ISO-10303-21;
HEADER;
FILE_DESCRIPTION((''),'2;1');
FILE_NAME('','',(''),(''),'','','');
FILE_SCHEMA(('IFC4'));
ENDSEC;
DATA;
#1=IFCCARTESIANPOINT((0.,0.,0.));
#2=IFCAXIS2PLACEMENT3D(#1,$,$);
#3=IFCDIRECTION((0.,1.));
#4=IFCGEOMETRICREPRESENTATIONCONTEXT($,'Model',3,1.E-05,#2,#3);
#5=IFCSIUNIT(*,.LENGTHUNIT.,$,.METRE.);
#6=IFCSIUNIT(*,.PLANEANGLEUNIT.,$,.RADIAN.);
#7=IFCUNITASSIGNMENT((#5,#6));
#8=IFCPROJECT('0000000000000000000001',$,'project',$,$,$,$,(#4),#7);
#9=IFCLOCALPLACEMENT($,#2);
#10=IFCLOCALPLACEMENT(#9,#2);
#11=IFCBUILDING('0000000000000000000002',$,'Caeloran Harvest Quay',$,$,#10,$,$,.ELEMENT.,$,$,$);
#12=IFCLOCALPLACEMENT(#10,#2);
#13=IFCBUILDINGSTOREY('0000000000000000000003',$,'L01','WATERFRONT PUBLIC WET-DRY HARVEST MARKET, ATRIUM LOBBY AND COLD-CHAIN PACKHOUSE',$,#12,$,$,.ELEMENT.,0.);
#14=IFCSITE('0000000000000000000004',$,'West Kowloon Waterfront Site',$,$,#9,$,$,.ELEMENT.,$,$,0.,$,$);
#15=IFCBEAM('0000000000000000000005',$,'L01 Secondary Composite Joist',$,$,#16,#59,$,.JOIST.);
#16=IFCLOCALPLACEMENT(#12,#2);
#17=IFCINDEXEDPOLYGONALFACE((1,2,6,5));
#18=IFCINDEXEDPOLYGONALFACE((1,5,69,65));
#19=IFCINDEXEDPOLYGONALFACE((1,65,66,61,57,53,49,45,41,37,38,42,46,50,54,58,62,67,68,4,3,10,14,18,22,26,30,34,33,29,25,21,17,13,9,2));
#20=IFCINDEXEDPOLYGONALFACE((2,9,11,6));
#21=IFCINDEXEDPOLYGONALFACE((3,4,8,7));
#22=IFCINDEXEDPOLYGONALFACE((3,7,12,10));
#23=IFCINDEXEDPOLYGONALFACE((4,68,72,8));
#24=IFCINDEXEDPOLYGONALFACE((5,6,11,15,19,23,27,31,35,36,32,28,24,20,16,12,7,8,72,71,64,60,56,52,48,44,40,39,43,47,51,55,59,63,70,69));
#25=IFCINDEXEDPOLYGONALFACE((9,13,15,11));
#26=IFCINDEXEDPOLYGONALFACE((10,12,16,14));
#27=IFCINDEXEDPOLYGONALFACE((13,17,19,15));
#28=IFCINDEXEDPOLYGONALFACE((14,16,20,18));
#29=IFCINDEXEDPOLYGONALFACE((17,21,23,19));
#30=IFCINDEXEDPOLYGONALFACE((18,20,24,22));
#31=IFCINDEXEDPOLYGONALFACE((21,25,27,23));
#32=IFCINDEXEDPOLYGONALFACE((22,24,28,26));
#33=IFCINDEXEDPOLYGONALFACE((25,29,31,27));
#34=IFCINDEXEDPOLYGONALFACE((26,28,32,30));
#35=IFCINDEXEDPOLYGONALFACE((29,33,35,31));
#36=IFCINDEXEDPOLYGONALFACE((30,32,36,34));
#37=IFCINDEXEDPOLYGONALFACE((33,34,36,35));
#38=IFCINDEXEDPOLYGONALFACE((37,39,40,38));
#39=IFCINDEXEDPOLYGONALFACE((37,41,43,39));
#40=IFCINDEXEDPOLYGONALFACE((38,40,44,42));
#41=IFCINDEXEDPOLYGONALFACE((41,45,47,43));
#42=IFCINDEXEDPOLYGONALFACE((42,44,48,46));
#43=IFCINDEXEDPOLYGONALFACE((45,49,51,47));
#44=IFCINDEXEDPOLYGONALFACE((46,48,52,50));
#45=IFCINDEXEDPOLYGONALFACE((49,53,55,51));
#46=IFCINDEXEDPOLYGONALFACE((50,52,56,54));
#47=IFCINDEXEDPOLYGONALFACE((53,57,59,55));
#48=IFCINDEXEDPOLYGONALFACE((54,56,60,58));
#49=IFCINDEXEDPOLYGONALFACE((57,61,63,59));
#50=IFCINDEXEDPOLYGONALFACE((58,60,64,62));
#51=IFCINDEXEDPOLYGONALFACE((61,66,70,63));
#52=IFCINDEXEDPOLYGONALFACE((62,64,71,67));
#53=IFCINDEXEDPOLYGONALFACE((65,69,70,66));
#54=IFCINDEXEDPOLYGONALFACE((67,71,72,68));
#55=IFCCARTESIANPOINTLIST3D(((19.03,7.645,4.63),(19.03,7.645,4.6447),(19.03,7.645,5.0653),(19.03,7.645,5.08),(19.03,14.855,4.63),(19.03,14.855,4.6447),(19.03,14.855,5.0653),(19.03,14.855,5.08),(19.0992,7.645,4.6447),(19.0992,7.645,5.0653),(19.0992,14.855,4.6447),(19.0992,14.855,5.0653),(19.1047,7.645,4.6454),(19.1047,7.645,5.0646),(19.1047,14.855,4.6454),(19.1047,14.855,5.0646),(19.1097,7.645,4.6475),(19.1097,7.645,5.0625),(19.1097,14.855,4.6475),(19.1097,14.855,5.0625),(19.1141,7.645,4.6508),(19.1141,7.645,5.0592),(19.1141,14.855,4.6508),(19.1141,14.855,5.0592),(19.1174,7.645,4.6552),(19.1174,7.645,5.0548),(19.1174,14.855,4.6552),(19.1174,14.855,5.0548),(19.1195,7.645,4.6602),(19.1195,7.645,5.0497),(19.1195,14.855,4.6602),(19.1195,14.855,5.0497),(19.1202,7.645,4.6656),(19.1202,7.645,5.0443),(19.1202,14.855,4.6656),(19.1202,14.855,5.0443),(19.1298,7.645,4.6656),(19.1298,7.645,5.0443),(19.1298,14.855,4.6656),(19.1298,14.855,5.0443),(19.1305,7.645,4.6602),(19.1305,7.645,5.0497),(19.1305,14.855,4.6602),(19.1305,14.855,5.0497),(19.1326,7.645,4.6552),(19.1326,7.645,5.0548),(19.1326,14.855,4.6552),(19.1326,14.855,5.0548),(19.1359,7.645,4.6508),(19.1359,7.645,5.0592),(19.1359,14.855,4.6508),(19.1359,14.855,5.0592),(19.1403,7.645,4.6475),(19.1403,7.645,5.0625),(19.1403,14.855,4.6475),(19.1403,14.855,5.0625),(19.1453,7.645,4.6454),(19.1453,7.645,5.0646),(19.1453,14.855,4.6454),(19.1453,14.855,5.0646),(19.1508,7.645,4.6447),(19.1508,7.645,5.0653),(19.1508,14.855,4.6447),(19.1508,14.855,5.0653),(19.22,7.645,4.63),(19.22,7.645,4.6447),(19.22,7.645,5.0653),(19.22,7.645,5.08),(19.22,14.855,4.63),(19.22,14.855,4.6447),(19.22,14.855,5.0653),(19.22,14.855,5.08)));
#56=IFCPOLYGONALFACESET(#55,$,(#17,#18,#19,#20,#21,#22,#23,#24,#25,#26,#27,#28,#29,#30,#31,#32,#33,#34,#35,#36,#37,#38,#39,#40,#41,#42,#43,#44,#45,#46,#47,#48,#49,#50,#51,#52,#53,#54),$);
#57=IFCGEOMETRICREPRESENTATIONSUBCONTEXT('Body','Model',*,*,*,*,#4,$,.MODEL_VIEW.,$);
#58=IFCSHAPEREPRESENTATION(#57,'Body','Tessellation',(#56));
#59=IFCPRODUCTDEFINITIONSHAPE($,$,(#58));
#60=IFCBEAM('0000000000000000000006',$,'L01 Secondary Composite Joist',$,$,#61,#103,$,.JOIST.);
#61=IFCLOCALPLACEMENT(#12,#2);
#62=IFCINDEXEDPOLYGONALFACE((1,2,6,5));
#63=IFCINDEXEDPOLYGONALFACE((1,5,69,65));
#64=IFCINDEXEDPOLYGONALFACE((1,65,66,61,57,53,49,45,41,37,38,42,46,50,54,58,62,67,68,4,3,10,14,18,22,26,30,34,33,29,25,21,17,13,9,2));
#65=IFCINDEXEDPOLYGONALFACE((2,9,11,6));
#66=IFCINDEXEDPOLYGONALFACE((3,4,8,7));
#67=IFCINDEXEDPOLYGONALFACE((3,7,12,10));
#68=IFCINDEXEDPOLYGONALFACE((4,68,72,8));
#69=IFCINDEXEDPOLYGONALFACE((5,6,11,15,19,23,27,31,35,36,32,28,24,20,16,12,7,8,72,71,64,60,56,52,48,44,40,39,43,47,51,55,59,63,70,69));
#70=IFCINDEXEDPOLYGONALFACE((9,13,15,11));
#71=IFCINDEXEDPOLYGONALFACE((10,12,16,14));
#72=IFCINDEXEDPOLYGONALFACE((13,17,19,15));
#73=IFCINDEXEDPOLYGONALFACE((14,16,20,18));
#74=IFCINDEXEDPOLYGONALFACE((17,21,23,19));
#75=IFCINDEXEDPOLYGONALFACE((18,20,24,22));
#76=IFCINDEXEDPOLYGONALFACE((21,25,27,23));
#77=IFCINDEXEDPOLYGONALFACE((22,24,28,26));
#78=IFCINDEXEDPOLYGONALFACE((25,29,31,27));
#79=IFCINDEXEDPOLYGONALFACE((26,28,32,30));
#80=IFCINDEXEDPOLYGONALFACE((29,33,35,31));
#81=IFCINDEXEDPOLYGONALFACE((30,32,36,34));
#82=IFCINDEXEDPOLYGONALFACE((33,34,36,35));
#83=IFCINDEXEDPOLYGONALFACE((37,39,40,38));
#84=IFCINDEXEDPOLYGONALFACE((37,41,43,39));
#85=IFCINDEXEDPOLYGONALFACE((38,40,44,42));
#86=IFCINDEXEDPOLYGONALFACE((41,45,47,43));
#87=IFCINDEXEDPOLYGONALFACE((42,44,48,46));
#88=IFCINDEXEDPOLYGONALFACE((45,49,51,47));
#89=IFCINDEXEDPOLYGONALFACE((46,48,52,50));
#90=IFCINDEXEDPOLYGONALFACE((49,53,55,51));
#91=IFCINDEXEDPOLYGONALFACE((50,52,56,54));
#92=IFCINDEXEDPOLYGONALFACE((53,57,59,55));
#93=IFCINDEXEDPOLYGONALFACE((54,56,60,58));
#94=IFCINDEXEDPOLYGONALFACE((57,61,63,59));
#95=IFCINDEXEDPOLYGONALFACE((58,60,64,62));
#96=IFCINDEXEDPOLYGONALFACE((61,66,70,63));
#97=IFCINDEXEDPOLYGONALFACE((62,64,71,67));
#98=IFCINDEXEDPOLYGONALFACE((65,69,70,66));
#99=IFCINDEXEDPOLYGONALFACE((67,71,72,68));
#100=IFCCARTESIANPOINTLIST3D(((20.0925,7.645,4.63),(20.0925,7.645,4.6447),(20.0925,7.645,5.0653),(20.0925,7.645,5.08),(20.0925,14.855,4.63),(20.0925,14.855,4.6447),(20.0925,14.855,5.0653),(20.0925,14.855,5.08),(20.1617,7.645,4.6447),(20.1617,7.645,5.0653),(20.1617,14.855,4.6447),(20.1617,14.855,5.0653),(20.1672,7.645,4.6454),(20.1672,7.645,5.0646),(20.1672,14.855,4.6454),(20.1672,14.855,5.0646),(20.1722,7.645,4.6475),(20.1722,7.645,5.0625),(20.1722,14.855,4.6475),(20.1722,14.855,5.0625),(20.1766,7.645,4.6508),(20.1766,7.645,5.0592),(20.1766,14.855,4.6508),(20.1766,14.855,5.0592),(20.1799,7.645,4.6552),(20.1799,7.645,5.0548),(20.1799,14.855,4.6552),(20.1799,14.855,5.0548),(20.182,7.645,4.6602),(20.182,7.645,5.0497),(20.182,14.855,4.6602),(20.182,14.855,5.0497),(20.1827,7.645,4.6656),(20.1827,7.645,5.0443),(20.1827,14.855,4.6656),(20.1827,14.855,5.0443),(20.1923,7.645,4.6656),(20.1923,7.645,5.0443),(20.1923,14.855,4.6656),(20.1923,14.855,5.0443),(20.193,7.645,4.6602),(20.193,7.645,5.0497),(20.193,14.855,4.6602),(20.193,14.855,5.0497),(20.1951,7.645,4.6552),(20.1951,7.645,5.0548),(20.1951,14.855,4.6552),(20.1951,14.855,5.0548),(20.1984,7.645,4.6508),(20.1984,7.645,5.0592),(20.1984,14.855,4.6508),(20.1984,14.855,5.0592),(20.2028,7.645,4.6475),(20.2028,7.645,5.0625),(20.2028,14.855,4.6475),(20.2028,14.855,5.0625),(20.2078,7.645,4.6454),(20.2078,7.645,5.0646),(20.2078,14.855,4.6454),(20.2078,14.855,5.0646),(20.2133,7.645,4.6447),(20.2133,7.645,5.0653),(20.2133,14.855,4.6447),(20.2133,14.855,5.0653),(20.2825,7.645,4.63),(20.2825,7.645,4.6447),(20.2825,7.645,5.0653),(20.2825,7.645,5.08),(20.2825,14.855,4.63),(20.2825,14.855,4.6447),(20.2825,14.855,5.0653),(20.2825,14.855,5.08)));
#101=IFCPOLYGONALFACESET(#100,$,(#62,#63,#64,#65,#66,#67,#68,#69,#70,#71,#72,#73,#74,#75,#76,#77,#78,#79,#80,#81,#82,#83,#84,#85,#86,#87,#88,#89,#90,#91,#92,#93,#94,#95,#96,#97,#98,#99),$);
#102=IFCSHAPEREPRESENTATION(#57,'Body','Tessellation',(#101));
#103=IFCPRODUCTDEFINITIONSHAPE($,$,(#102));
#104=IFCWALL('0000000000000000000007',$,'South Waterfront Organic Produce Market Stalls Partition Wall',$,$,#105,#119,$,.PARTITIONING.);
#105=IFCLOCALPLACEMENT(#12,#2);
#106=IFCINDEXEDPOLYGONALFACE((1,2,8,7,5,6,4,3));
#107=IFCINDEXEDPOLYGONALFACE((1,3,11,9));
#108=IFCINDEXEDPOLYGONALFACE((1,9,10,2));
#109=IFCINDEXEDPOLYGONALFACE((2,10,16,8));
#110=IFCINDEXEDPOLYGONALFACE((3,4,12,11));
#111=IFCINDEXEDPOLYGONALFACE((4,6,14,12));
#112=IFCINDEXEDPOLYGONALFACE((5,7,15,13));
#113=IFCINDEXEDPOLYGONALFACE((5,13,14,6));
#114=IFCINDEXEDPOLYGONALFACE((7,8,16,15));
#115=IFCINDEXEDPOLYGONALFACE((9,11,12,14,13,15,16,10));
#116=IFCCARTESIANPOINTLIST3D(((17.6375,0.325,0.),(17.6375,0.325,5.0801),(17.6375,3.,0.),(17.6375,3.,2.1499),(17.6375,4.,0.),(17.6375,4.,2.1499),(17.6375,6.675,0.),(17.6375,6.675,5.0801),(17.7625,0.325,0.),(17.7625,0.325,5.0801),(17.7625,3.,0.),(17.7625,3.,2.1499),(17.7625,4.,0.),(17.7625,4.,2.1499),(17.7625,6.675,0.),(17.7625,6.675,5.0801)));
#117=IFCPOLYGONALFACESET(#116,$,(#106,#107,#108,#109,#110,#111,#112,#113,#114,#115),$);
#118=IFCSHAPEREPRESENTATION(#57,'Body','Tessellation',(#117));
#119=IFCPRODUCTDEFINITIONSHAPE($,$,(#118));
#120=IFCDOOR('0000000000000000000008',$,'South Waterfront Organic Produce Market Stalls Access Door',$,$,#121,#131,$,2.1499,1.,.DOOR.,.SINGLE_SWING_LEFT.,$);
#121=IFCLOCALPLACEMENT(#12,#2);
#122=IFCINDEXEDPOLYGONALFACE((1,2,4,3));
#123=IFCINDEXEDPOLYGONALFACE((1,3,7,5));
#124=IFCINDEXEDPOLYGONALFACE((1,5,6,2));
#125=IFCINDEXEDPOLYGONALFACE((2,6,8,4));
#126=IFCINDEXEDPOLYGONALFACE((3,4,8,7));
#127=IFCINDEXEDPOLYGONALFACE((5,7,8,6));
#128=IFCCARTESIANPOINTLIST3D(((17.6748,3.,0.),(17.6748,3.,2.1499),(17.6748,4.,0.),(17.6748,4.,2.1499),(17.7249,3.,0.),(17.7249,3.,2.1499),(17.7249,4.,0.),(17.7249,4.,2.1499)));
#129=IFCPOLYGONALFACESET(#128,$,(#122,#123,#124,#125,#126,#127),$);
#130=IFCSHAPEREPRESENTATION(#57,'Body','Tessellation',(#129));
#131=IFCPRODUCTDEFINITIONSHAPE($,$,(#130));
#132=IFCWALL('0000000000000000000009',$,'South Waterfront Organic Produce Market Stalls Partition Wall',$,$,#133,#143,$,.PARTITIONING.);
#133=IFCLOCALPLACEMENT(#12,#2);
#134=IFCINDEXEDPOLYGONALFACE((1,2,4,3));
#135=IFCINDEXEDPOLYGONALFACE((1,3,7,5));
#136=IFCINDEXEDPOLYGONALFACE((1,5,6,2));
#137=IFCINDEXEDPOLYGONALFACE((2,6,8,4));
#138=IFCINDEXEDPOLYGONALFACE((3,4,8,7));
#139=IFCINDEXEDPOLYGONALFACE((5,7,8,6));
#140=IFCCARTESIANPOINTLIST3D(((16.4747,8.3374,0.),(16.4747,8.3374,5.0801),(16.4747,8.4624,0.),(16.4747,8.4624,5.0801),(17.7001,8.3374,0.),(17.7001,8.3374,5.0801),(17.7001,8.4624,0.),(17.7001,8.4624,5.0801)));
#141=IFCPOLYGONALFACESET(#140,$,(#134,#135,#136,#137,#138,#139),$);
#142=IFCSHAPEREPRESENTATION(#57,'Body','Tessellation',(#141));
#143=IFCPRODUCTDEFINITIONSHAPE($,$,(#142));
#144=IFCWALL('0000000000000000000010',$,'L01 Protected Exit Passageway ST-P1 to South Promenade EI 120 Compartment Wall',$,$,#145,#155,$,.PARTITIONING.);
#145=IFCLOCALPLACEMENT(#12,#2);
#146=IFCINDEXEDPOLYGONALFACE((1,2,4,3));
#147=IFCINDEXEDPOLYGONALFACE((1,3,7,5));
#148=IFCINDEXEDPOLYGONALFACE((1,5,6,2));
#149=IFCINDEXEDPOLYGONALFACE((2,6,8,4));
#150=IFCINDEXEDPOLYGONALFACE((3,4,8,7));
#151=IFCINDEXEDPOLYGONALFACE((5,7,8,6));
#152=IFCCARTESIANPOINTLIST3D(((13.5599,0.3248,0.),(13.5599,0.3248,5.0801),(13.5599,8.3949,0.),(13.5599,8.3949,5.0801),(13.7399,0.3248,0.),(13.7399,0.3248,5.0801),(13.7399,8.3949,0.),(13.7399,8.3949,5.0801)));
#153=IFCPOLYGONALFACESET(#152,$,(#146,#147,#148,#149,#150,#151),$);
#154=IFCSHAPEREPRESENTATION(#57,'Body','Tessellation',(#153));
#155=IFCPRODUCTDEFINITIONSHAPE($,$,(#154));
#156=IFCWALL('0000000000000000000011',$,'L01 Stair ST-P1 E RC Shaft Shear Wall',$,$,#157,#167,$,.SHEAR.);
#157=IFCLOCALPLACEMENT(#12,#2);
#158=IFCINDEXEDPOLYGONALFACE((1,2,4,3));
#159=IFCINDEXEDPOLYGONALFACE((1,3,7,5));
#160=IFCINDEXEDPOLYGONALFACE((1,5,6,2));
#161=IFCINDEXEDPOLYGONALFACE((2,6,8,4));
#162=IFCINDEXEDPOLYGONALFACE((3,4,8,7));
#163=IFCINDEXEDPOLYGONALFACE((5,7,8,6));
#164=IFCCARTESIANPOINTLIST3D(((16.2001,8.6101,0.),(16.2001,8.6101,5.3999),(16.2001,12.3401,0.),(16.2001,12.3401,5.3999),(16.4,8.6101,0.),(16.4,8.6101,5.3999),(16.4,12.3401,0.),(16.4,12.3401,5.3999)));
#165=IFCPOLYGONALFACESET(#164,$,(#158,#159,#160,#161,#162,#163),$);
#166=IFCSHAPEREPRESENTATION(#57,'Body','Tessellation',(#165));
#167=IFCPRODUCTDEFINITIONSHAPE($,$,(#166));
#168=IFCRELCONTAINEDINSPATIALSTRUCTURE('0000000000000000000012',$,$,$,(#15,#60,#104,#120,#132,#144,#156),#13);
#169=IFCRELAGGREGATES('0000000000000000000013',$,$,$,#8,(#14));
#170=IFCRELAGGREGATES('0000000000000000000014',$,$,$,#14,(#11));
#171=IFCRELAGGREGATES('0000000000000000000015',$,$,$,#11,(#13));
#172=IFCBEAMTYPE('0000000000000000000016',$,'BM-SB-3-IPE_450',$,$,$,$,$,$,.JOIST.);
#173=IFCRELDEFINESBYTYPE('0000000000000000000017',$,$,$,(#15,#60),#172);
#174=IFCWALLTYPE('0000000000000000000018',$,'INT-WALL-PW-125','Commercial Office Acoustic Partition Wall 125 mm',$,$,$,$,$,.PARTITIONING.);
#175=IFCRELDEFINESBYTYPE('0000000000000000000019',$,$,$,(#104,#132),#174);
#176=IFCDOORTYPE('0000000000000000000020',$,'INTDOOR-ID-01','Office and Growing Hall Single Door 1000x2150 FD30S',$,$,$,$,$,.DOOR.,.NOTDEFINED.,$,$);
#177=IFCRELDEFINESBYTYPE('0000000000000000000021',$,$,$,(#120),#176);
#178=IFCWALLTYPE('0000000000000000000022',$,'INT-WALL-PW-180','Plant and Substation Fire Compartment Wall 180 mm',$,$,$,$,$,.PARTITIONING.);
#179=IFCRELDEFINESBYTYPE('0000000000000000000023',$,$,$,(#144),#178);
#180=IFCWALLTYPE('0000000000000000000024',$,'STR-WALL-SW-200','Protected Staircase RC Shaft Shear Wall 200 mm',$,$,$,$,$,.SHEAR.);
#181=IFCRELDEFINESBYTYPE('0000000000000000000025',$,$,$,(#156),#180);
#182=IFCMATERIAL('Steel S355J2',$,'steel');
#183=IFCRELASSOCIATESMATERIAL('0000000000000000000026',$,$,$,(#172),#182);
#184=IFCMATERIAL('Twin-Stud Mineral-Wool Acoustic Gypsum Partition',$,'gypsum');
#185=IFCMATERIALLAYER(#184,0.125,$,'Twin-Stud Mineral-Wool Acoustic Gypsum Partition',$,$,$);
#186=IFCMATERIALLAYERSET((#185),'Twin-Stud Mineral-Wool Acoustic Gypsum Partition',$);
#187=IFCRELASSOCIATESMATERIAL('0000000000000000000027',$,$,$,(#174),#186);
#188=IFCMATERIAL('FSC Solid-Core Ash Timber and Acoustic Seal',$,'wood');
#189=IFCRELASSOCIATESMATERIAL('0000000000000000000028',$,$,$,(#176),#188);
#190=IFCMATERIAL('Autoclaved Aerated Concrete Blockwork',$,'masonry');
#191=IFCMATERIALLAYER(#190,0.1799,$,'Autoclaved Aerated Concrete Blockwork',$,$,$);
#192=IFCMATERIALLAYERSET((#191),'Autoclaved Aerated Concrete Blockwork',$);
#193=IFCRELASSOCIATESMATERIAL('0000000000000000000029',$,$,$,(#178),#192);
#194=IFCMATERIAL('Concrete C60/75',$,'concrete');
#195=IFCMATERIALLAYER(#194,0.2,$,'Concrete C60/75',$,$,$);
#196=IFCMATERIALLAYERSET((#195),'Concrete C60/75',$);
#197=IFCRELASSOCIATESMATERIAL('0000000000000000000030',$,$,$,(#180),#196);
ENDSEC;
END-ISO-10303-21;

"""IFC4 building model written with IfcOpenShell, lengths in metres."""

from ifc_helpers import new_model, si_unit, direction, frame, frame_2d, origin, origin_2d, place, context, subcontext, project, spatial, rectangle, i_section, extrude, material, layer, layer_set, material_profile, profile_set, type_object, element, fill, save


model = new_model("IFC4")

# Units and contexts
model_context = context("Model", 3, precision=1e-05, world=origin(), true_north=direction((0.0, 1.0)))
body_context = subcontext(model_context, "Body", "Model", "MODEL_VIEW")
ifc_project = project(units=[si_unit("LENGTHUNIT", "METRE"), si_unit("PLANEANGLEUNIT", "RADIAN")], contexts=[model_context])

# Site, building, storey
site_placement = place(None, origin())
site = spatial("IfcSite", under=ifc_project, at=site_placement, Name="West Kowloon Waterfront Site", CompositionType="ELEMENT", RefElevation=0.0)
building_placement = place(site_placement, origin())
building = spatial("IfcBuilding", under=site, at=building_placement, Name="Caeloran Harvest Quay", CompositionType="ELEMENT")
storey_placement = place(building_placement, origin())
storey = spatial("IfcBuildingStorey", under=building, at=storey_placement, Name="L01", Description="WATERFRONT PUBLIC WET-DRY HARVEST MARKET, ATRIUM LOBBY AND COLD-CHAIN PACKHOUSE", CompositionType="ELEMENT", Elevation=0.0)

# Beams
ifc_material_1 = material(Name="Steel S355J2", Category="steel")
ifc_material_profile_1 = material_profile(ifc_material_1, i_section(OverallWidth=0.1899, OverallDepth=0.45, WebThickness=0.0095, FlangeThickness=0.0146, FilletRadius=0.021, at=origin_2d()), Name="IPE 450")
ifc_profile_set_1 = profile_set([ifc_material_profile_1], Name="Steel S355J2")
beam_type_1 = type_object("IfcBeamType", Name="BM-SB-3-IPE_450", PredefinedType="JOIST", material=ifc_profile_set_1)
for number, where, z_axis, x_axis, name in (
    (1, (19.125, 7.645, 4.855), (0.0, 1.0, 0.0), (-1.0, 0.0, 0.0), "L01 Secondary Composite Joist"),
    (2, (20.1875, 7.645, 4.855), (0.0, 1.0, 0.0), (-1.0, 0.0, 0.0), "L01 Secondary Composite Joist"),
):
    element("IfcBeam", number, at=place(storey_placement, frame(where, z_axis=z_axis, x_axis=x_axis)), inside=storey, type_object=beam_type_1, Name=name, PredefinedType="JOIST", context=body_context, shape_type="SweptSolid", body=[
        extrude(i_section(OverallWidth=0.1899, OverallDepth=0.45, WebThickness=0.0095, FlangeThickness=0.0146, FilletRadius=0.021, at=origin_2d()), origin(), (0.0, 0.0, 1.0), 7.21),
    ])

# Wall, opening, door
ifc_material_2 = material(Name="Twin-Stud Mineral-Wool Acoustic Gypsum Partition", Category="gypsum")
ifc_layer_1 = layer(ifc_material_2, 0.125, Name="Twin-Stud Mineral-Wool Acoustic Gypsum Partition")
ifc_layer_set_1 = layer_set([ifc_layer_1], Name="Twin-Stud Mineral-Wool Acoustic Gypsum Partition")
wall_type_1 = type_object("IfcWallType", Name="INT-WALL-PW-125", Description="Commercial Office Acoustic Partition Wall 125 mm", PredefinedType="PARTITIONING", material=ifc_layer_set_1)
wall_1_placement = place(storey_placement, frame((17.7, 6.675, 0.0), z_axis=(0.0, 0.0, 1.0), x_axis=(0.0, -1.0, 0.0)))
wall_1 = element("IfcWall", 3, at=wall_1_placement, inside=storey, type_object=wall_type_1, Name="South Waterfront Organic Produce Market Stalls Partition Wall", PredefinedType="PARTITIONING", context=body_context, shape_type="SweptSolid", body=[
    extrude(rectangle(XDim=6.3501, YDim=0.125, at=frame_2d((3.175, 0.0))), origin(), (0.0, 0.0, 1.0), 5.0801),
])
opening_placement = place(wall_1_placement, frame((2.675, 0.0, 0.0)))
opening = element("IfcOpeningElement", 4, at=opening_placement, cuts=wall_1, PredefinedType="OPENING", context=body_context, shape_type="SweptSolid", body=[
    extrude(rectangle(XDim=1.0, YDim=2.1499, at=frame_2d((0.5, 1.075))), frame((0.0, 0.0725, 0.0), z_axis=(0.0, -1.0, 0.0), x_axis=(1.0, 0.0, 0.0)), (0.0, 0.0, 1.0), 0.145),
])
ifc_material_3 = material(Name="FSC Solid-Core Ash Timber and Acoustic Seal", Category="wood")
door_type = type_object("IfcDoorType", Name="INTDOOR-ID-01", Description="Office and Growing Hall Single Door 1000x2150 FD30S", OperationType="NOTDEFINED", PredefinedType="DOOR", material=ifc_material_3)
door_placement = place(opening_placement, origin())
door = element("IfcDoor", 5, at=door_placement, inside=storey, type_object=door_type, Name="South Waterfront Organic Produce Market Stalls Access Door", OperationType="SINGLE_SWING_LEFT", OverallHeight=2.1499, OverallWidth=1.0, PredefinedType="DOOR", context=body_context, shape_type="SweptSolid", body=[
    extrude(rectangle(XDim=1.0, YDim=2.1499, at=frame_2d((0.5, 1.075))), frame((0.0, 0.0249, 0.0), z_axis=(0.0, -1.0, 0.0), x_axis=(1.0, 0.0, 0.0)), (0.0, 0.0, 1.0), 0.05),
])
fill(opening, door)

# Walls
wall_2_placement = place(storey_placement, frame((16.4746, 8.3999, 0.0), z_axis=(0.0, 0.0, 1.0), x_axis=(1.0, 0.0, 0.0)))
element("IfcWall", 6, at=wall_2_placement, inside=storey, type_object=wall_type_1, Name="South Waterfront Organic Produce Market Stalls Partition Wall", PredefinedType="PARTITIONING", context=body_context, shape_type="SweptSolid", body=[
    extrude(rectangle(XDim=1.2253, YDim=0.125, at=frame_2d((0.6128, 0.0))), origin(), (0.0, 0.0, 1.0), 5.0801),
])
ifc_material_4 = material(Name="Autoclaved Aerated Concrete Blockwork", Category="masonry")
ifc_layer_2 = layer(ifc_material_4, 0.1799, Name="Autoclaved Aerated Concrete Blockwork")
ifc_layer_set_2 = layer_set([ifc_layer_2], Name="Autoclaved Aerated Concrete Blockwork")
wall_type_2 = type_object("IfcWallType", Name="INT-WALL-PW-180", Description="Plant and Substation Fire Compartment Wall 180 mm", PredefinedType="PARTITIONING", material=ifc_layer_set_2)
wall_3_placement = place(storey_placement, frame((13.6499, 8.395, 0.0), z_axis=(0.0, 0.0, 1.0), x_axis=(0.0, -1.0, 0.0)))
element("IfcWall", 7, at=wall_3_placement, inside=storey, type_object=wall_type_2, Name="L01 Protected Exit Passageway ST-P1 to South Promenade EI 120 Compartment Wall", PredefinedType="PARTITIONING", context=body_context, shape_type="SweptSolid", body=[
    extrude(rectangle(XDim=8.0701, YDim=0.1799, at=frame_2d((4.0352, 0.0))), origin(), (0.0, 0.0, 1.0), 5.0801),
])
ifc_material_5 = material(Name="Concrete C60/75", Category="concrete")
ifc_layer_3 = layer(ifc_material_5, 0.2, Name="Concrete C60/75")
ifc_layer_set_3 = layer_set([ifc_layer_3], Name="Concrete C60/75")
wall_type_3 = type_object("IfcWallType", Name="STR-WALL-SW-200", Description="Protected Staircase RC Shaft Shear Wall 200 mm", PredefinedType="SHEAR", material=ifc_layer_set_3)
wall_4_placement = place(storey_placement, frame((16.3, 8.6101, 0.0), z_axis=(0.0, 0.0, 1.0), x_axis=(0.0, 1.0, 0.0)))
element("IfcWall", 8, at=wall_4_placement, inside=storey, type_object=wall_type_3, Name="L01 Stair ST-P1 E RC Shaft Shear Wall", PredefinedType="SHEAR", context=body_context, shape_type="SweptSolid", body=[
    extrude(rectangle(XDim=3.73, YDim=0.2, at=frame_2d((1.865, 0.0))), origin(), (0.0, 0.0, 1.0), 5.3999),
])

save(model, "model.ifc")
